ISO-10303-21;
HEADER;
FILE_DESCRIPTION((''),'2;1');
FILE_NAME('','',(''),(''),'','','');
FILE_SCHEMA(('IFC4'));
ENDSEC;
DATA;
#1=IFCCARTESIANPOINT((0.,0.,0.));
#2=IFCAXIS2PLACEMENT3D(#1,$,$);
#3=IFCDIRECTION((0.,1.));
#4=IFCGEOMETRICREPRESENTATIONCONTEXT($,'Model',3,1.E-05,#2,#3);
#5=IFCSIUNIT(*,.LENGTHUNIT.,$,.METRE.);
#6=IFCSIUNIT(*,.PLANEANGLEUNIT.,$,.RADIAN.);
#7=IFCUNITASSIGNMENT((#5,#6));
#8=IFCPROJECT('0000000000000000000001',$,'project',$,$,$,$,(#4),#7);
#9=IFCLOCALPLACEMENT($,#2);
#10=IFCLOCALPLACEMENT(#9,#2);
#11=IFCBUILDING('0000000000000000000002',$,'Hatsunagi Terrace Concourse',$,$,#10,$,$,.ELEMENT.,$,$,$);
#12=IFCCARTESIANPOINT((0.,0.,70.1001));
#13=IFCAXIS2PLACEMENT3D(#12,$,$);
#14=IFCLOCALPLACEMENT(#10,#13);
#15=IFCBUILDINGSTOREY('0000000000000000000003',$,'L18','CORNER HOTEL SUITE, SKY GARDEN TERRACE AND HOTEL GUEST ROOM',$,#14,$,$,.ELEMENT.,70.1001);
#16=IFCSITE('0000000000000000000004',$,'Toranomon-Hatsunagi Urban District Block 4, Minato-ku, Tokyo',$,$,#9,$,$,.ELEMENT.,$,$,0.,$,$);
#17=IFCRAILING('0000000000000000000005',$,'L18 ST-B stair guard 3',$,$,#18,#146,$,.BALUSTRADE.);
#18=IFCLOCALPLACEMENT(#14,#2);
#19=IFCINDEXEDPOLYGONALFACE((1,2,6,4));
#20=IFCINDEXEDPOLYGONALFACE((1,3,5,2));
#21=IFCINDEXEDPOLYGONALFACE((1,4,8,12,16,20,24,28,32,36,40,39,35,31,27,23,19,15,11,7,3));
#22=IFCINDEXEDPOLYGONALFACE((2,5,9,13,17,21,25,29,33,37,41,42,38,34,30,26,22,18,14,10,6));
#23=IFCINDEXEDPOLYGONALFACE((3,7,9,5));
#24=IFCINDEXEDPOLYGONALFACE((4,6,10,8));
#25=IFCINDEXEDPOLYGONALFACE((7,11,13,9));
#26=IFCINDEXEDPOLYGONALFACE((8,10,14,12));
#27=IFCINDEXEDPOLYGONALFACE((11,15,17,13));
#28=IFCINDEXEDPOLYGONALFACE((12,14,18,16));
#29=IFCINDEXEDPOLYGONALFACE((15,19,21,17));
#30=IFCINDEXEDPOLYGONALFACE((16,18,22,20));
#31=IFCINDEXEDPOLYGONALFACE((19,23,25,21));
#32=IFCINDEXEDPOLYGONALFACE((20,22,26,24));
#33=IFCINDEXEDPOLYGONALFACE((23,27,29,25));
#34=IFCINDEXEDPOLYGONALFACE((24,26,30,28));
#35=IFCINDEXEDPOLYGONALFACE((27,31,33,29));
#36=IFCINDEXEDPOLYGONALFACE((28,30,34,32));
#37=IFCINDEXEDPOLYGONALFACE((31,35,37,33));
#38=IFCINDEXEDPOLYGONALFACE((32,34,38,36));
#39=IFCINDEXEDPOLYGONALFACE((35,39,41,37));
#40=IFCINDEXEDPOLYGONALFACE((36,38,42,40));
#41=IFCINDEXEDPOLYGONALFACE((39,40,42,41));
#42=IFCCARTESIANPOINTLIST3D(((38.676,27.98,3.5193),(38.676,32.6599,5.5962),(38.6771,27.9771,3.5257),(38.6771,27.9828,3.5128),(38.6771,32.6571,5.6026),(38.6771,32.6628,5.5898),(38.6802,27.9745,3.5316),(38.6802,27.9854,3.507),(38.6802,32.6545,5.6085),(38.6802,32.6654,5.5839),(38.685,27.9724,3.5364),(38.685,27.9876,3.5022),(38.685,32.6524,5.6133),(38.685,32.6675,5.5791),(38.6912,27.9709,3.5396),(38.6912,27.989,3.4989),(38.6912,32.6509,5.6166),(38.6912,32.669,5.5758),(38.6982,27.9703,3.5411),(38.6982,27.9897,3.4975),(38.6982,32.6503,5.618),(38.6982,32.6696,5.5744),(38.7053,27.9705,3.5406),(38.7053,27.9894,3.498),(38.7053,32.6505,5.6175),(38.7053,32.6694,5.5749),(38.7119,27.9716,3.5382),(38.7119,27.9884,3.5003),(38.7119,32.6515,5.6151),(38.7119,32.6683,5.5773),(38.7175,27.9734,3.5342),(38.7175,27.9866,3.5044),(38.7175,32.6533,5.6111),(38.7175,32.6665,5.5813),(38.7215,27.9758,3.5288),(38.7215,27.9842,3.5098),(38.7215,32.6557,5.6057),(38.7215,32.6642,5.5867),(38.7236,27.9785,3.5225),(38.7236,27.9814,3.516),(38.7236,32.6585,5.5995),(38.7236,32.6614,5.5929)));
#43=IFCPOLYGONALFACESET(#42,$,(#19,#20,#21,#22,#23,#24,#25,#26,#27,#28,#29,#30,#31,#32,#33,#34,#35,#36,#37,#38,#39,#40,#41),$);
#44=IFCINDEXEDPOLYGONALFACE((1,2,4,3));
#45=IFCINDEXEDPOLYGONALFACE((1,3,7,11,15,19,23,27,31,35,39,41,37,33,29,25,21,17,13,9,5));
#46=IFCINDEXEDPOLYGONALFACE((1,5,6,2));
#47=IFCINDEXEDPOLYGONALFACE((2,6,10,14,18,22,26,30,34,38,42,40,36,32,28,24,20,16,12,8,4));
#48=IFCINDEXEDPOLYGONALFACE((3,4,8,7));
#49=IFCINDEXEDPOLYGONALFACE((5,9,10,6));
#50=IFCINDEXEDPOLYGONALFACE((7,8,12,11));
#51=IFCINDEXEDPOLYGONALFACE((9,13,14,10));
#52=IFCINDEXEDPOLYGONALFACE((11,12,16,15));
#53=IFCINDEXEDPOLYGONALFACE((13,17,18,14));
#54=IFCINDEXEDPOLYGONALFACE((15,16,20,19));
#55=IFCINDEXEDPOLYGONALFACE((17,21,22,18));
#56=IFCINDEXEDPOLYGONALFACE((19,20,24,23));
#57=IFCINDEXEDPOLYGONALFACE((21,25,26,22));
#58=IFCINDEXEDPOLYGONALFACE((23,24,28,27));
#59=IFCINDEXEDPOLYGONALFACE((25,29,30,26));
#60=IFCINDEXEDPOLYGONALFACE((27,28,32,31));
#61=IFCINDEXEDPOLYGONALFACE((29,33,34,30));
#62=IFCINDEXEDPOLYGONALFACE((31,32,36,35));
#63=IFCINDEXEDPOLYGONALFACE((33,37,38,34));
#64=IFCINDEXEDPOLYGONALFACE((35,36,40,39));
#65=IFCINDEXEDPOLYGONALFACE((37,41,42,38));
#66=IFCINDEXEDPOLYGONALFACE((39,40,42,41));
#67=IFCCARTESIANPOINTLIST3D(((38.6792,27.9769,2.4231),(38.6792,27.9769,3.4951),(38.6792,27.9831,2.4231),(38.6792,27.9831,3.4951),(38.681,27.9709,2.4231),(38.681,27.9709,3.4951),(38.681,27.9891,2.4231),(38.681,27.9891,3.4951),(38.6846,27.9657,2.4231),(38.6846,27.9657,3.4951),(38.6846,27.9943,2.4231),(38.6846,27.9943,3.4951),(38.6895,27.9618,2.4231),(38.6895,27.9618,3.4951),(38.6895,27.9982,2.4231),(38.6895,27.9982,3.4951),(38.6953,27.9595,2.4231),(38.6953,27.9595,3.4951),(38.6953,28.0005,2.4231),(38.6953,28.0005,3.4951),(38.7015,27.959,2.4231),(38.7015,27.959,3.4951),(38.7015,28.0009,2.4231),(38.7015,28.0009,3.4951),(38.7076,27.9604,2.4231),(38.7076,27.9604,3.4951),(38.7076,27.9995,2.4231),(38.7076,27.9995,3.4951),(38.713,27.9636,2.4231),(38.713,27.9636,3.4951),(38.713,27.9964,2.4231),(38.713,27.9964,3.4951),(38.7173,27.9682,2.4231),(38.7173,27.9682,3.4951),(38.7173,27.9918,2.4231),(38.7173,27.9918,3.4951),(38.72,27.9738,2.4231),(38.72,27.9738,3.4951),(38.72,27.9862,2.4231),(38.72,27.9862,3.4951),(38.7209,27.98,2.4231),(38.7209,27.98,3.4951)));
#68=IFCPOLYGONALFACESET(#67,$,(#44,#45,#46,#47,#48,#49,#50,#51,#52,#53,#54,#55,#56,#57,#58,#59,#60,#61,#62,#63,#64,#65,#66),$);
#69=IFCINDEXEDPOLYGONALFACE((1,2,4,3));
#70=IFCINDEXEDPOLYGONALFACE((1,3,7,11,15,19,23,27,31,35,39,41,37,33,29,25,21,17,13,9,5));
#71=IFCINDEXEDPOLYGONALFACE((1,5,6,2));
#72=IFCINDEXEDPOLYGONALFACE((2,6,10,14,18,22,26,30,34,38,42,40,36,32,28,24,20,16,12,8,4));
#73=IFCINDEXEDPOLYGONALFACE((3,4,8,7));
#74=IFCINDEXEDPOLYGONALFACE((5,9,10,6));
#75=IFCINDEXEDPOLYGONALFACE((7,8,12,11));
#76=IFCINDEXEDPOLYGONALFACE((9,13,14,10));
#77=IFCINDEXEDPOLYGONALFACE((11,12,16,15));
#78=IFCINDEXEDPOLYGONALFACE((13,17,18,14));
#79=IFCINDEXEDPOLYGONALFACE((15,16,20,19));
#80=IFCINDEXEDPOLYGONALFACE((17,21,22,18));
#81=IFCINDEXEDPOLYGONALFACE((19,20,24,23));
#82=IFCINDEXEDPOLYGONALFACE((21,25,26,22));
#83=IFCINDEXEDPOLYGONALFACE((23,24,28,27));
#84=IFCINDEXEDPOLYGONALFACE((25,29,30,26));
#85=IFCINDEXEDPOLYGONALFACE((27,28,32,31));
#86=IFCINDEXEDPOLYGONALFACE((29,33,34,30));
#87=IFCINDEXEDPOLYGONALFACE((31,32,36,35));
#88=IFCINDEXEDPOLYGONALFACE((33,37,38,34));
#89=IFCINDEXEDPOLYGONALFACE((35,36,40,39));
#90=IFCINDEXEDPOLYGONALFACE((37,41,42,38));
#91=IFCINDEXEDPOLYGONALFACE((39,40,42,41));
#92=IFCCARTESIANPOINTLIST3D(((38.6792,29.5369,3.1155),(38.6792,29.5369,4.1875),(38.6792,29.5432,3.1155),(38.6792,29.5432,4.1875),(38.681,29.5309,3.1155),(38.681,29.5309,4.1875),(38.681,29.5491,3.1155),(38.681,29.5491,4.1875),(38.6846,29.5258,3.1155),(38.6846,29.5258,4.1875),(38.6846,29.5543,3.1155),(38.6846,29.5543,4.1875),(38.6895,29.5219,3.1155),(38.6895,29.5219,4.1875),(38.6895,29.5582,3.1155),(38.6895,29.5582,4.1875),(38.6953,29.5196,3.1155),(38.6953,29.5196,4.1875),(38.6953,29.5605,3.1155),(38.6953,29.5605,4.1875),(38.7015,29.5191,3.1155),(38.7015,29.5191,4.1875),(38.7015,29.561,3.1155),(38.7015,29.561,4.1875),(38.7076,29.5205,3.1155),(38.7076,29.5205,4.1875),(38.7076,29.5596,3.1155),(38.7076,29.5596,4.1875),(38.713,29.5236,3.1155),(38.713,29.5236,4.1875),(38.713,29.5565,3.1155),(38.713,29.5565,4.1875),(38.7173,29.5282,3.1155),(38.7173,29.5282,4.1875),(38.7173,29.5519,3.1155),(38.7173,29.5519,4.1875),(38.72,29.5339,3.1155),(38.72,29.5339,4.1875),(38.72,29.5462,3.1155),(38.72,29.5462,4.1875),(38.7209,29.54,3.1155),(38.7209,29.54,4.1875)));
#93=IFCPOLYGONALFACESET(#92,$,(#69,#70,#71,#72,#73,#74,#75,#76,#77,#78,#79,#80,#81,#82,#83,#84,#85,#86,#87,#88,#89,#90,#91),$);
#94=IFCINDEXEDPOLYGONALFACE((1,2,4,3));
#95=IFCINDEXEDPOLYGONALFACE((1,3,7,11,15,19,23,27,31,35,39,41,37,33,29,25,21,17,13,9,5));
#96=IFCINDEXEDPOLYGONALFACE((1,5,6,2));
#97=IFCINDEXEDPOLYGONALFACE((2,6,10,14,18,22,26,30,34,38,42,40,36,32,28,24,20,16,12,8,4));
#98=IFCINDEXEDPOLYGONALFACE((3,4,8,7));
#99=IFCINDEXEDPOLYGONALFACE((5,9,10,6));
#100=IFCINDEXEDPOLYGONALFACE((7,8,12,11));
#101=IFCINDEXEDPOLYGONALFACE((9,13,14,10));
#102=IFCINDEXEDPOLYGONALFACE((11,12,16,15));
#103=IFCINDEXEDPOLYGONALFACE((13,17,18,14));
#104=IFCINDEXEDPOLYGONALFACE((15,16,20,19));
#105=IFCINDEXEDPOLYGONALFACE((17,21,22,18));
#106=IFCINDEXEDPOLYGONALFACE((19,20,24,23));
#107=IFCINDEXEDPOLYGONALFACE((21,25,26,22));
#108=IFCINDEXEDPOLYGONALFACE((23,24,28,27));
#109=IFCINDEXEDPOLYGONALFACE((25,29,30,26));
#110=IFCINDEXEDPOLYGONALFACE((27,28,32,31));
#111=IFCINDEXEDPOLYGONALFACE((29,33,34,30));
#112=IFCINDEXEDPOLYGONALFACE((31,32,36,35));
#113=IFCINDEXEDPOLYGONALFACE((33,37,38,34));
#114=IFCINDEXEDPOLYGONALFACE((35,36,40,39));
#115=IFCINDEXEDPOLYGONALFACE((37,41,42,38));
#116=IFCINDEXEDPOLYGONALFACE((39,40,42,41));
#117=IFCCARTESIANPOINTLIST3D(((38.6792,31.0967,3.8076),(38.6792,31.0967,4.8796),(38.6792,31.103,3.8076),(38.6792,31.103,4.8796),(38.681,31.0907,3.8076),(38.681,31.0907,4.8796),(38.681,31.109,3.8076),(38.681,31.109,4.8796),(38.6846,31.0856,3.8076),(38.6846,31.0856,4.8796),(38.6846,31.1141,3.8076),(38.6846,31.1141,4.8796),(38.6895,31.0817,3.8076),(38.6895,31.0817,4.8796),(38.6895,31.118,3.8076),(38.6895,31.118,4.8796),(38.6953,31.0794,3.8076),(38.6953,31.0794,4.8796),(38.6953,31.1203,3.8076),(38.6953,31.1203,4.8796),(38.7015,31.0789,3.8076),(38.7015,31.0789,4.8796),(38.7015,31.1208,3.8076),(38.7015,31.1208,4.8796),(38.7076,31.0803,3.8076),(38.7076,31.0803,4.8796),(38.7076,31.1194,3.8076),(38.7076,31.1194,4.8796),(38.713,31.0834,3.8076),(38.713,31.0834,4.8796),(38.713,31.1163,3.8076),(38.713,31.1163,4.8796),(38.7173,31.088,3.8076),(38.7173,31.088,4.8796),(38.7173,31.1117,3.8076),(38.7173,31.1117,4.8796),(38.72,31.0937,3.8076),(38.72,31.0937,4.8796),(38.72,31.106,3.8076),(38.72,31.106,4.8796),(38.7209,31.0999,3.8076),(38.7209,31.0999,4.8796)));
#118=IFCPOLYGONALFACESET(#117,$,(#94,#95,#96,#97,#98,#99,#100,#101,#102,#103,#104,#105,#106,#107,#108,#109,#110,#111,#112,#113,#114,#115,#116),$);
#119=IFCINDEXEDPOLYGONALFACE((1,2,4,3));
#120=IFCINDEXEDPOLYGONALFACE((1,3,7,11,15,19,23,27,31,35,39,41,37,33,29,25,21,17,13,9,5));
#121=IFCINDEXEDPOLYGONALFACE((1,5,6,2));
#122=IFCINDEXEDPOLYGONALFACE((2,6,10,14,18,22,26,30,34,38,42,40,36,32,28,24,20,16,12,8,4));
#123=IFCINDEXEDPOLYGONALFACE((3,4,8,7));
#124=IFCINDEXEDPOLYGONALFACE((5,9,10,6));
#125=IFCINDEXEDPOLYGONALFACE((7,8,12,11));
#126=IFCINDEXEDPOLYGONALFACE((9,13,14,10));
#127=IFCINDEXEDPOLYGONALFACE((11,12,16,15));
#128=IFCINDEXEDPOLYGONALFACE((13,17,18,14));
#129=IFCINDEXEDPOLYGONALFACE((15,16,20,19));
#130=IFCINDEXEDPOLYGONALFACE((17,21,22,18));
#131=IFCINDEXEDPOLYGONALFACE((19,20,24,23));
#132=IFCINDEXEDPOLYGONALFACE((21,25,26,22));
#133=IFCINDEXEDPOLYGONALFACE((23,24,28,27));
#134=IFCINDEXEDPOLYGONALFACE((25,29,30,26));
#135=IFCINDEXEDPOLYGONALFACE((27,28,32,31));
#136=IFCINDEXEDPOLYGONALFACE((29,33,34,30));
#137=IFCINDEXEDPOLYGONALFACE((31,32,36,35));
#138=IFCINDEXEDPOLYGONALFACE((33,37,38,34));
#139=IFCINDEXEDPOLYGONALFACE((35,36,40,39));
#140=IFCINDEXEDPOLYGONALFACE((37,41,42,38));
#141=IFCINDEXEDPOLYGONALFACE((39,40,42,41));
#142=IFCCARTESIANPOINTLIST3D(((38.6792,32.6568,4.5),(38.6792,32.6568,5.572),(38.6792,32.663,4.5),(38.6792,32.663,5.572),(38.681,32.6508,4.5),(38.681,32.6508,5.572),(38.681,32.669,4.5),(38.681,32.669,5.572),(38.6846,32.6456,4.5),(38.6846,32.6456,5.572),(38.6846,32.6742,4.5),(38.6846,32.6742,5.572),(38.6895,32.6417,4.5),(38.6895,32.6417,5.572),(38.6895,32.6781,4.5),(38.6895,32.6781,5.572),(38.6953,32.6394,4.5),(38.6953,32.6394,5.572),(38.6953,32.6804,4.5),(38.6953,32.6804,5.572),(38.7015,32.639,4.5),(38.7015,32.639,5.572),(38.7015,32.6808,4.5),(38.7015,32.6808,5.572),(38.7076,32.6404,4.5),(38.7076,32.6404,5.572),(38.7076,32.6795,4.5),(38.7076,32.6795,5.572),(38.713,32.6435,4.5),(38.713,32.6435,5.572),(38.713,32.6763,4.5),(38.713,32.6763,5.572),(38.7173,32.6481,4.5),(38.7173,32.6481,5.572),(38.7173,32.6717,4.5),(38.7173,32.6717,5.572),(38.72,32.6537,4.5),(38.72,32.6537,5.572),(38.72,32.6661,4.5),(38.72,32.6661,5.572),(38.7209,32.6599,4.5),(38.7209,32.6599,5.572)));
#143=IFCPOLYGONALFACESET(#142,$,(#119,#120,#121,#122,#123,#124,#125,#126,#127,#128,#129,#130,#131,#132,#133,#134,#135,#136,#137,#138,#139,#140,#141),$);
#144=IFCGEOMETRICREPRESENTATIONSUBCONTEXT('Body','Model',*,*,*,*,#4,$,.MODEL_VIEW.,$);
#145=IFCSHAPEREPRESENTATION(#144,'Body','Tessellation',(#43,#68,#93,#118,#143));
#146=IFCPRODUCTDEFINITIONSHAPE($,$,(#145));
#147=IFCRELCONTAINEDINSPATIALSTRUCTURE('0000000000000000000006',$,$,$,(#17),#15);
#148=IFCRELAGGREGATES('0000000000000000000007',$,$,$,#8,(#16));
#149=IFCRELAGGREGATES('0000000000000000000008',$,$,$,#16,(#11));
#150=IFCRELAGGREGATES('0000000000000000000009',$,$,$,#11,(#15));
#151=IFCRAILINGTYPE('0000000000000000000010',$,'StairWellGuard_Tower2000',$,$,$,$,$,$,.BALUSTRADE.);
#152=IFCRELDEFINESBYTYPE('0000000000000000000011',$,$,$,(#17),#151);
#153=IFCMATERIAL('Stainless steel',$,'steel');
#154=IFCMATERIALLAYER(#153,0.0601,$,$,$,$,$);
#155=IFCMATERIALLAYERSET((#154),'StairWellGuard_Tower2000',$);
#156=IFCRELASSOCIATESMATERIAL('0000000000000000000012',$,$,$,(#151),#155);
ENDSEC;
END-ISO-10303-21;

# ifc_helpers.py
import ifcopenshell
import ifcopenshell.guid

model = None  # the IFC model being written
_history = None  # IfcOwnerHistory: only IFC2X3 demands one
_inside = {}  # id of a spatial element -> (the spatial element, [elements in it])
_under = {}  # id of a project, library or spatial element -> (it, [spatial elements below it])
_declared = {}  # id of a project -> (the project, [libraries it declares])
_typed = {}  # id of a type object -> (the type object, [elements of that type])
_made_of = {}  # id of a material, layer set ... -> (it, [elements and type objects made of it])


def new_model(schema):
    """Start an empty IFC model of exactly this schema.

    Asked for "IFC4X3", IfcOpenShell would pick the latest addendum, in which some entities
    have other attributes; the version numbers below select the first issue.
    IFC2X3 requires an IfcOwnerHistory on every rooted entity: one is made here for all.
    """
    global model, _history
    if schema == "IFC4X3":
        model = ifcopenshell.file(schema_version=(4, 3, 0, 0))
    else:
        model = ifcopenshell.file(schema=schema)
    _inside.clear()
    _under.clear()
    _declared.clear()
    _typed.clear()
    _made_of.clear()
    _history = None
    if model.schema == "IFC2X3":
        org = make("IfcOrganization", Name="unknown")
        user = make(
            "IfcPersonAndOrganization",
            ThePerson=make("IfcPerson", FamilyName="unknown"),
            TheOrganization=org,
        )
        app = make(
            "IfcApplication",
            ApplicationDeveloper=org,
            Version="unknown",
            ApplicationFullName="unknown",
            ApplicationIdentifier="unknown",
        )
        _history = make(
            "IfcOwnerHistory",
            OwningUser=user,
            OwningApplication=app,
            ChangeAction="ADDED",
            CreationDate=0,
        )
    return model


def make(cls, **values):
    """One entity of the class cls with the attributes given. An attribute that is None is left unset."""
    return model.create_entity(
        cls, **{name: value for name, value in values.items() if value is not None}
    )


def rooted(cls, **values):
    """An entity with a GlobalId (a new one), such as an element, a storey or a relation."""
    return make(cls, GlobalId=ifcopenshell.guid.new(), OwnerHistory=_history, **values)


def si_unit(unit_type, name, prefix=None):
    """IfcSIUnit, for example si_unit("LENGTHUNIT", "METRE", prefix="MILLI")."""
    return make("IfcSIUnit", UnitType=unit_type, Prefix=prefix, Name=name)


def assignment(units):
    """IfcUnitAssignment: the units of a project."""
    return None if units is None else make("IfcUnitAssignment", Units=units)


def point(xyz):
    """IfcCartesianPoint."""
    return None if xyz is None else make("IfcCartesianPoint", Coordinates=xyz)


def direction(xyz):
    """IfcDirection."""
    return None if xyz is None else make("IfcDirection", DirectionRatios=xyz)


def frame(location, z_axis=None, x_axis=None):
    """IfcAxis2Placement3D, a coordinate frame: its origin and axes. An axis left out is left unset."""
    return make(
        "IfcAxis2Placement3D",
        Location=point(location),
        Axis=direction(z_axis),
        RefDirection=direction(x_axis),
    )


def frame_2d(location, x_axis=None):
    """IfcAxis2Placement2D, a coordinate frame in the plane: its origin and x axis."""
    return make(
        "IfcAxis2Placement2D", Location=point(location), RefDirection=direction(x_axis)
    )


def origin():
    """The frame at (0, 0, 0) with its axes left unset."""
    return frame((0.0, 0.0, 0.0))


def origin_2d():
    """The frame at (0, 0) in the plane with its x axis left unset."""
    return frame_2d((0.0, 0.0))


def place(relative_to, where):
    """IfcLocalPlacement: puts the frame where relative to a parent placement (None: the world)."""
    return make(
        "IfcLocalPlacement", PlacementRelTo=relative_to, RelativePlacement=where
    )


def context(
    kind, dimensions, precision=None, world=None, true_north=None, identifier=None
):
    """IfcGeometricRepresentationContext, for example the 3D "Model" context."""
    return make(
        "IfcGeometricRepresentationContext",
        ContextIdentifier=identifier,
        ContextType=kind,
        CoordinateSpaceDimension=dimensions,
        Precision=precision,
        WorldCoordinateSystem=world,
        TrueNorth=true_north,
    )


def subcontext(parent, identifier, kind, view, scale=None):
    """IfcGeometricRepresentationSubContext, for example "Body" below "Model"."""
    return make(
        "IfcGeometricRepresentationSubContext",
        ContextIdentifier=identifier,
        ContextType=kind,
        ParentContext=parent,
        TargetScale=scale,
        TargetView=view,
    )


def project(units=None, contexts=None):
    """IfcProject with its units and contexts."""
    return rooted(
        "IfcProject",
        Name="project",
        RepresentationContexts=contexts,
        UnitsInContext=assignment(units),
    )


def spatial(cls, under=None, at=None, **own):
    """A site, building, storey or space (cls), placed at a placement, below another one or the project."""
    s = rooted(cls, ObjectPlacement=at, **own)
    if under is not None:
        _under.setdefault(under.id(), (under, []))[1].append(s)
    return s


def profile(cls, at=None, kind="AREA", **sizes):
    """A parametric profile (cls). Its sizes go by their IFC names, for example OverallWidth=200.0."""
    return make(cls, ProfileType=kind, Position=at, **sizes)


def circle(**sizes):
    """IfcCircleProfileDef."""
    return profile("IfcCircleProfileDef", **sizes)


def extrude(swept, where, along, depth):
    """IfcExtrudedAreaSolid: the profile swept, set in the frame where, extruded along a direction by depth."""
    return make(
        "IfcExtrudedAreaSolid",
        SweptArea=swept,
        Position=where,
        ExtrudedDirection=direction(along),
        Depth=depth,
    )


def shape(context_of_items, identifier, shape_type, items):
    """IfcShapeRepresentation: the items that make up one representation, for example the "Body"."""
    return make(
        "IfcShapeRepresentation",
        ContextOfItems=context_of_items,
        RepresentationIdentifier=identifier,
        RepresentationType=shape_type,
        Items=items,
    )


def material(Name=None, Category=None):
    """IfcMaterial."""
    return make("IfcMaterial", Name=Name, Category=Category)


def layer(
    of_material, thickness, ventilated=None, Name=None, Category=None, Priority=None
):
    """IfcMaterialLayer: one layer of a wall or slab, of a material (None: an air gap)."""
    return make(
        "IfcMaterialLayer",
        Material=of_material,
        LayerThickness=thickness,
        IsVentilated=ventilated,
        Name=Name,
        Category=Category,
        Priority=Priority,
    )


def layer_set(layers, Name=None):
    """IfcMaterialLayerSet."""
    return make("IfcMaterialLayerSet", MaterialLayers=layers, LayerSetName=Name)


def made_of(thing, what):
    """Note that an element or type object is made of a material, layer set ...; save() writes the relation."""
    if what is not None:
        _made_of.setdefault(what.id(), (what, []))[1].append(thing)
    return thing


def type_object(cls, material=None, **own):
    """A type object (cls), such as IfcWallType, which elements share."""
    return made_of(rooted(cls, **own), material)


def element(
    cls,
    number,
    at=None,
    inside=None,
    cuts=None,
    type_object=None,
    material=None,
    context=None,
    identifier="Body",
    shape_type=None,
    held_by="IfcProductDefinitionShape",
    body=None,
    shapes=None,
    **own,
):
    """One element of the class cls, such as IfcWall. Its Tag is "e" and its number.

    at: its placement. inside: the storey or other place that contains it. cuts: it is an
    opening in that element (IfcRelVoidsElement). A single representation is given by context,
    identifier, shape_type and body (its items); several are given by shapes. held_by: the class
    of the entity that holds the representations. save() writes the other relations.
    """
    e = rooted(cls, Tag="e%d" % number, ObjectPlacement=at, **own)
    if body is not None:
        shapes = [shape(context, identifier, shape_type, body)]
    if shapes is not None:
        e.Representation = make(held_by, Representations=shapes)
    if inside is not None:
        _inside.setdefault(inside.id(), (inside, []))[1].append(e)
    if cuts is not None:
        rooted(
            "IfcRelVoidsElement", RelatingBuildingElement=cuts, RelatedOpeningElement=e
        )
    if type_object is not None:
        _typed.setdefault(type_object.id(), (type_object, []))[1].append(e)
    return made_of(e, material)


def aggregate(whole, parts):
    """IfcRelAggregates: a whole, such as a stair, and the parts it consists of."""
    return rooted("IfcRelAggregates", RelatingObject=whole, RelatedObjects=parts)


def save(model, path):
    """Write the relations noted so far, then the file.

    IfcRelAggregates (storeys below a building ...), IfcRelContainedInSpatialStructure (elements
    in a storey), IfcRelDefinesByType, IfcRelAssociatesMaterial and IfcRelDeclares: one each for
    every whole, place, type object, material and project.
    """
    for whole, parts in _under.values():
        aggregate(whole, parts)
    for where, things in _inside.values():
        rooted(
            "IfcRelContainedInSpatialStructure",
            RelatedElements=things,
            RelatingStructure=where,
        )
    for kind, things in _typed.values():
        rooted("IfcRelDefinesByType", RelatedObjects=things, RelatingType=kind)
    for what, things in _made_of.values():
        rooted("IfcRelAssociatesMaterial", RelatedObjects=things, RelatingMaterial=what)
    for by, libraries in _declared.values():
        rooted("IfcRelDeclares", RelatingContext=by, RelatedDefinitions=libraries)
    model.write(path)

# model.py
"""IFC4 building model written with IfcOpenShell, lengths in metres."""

from ifc_helpers import new_model, si_unit, direction, frame, origin, origin_2d, place, context, subcontext, project, spatial, circle, extrude, material, layer, layer_set, type_object, element, save


model = new_model("IFC4")

# Units and contexts
model_context = context("Model", 3, precision=1e-05, world=origin(), true_north=direction((0.0, 1.0)))
body_context = subcontext(model_context, "Body", "Model", "MODEL_VIEW")
ifc_project = project(units=[si_unit("LENGTHUNIT", "METRE"), si_unit("PLANEANGLEUNIT", "RADIAN")], contexts=[model_context])

# Site, building, storey
site_placement = place(None, origin())
site = spatial("IfcSite", under=ifc_project, at=site_placement, Name="Toranomon-Hatsunagi Urban District Block 4, Minato-ku, Tokyo", CompositionType="ELEMENT", RefElevation=0.0)
building_placement = place(site_placement, origin())
building = spatial("IfcBuilding", under=site, at=building_placement, Name="Hatsunagi Terrace Concourse", CompositionType="ELEMENT")
storey_placement = place(building_placement, frame((0.0, 0.0, 70.1001)))
storey = spatial("IfcBuildingStorey", under=building, at=storey_placement, Name="L18", Description="CORNER HOTEL SUITE, SKY GARDEN TERRACE AND HOTEL GUEST ROOM", CompositionType="ELEMENT", Elevation=70.1001)

# Railing
ifc_material_1 = material(Name="Stainless steel", Category="steel")
ifc_layer_1 = layer(ifc_material_1, 0.0601)
ifc_layer_set_1 = layer_set([ifc_layer_1], Name="StairWellGuard_Tower2000")
railing_type_1 = type_object("IfcRailingType", Name="StairWellGuard_Tower2000", PredefinedType="BALUSTRADE", material=ifc_layer_set_1)
railing_1_placement = place(storey_placement, frame((38.7, 27.98, 2.4231)))
element("IfcRailing", 1, at=railing_1_placement, inside=storey, type_object=railing_type_1, Name="L18 ST-B stair guard 3", PredefinedType="BALUSTRADE", context=body_context, shape_type="SweptSolid", body=[
    extrude(circle(Radius=0.0239, at=origin_2d()), frame((0.0, 0.0, 1.0962), z_axis=(0.0, 0.914034, 0.405638), x_axis=(-1.0, 0.0, 0.0)), (0.0, 0.0, 1.0), 5.1201),
    extrude(circle(Radius=0.021, at=origin_2d()), origin(), (0.0, 0.0, 1.0), 1.072),
    extrude(circle(Radius=0.021, at=origin_2d()), frame((0.0, 1.5601, 0.6924)), (0.0, 0.0, 1.0), 1.072),
    extrude(circle(Radius=0.021, at=origin_2d()), frame((0.0, 3.1199, 1.3845)), (0.0, 0.0, 1.0), 1.072),
    extrude(circle(Radius=0.021, at=origin_2d()), frame((0.0, 4.6799, 2.0769)), (0.0, 0.0, 1.0), 1.072),
])

save(model, "model.ifc")
